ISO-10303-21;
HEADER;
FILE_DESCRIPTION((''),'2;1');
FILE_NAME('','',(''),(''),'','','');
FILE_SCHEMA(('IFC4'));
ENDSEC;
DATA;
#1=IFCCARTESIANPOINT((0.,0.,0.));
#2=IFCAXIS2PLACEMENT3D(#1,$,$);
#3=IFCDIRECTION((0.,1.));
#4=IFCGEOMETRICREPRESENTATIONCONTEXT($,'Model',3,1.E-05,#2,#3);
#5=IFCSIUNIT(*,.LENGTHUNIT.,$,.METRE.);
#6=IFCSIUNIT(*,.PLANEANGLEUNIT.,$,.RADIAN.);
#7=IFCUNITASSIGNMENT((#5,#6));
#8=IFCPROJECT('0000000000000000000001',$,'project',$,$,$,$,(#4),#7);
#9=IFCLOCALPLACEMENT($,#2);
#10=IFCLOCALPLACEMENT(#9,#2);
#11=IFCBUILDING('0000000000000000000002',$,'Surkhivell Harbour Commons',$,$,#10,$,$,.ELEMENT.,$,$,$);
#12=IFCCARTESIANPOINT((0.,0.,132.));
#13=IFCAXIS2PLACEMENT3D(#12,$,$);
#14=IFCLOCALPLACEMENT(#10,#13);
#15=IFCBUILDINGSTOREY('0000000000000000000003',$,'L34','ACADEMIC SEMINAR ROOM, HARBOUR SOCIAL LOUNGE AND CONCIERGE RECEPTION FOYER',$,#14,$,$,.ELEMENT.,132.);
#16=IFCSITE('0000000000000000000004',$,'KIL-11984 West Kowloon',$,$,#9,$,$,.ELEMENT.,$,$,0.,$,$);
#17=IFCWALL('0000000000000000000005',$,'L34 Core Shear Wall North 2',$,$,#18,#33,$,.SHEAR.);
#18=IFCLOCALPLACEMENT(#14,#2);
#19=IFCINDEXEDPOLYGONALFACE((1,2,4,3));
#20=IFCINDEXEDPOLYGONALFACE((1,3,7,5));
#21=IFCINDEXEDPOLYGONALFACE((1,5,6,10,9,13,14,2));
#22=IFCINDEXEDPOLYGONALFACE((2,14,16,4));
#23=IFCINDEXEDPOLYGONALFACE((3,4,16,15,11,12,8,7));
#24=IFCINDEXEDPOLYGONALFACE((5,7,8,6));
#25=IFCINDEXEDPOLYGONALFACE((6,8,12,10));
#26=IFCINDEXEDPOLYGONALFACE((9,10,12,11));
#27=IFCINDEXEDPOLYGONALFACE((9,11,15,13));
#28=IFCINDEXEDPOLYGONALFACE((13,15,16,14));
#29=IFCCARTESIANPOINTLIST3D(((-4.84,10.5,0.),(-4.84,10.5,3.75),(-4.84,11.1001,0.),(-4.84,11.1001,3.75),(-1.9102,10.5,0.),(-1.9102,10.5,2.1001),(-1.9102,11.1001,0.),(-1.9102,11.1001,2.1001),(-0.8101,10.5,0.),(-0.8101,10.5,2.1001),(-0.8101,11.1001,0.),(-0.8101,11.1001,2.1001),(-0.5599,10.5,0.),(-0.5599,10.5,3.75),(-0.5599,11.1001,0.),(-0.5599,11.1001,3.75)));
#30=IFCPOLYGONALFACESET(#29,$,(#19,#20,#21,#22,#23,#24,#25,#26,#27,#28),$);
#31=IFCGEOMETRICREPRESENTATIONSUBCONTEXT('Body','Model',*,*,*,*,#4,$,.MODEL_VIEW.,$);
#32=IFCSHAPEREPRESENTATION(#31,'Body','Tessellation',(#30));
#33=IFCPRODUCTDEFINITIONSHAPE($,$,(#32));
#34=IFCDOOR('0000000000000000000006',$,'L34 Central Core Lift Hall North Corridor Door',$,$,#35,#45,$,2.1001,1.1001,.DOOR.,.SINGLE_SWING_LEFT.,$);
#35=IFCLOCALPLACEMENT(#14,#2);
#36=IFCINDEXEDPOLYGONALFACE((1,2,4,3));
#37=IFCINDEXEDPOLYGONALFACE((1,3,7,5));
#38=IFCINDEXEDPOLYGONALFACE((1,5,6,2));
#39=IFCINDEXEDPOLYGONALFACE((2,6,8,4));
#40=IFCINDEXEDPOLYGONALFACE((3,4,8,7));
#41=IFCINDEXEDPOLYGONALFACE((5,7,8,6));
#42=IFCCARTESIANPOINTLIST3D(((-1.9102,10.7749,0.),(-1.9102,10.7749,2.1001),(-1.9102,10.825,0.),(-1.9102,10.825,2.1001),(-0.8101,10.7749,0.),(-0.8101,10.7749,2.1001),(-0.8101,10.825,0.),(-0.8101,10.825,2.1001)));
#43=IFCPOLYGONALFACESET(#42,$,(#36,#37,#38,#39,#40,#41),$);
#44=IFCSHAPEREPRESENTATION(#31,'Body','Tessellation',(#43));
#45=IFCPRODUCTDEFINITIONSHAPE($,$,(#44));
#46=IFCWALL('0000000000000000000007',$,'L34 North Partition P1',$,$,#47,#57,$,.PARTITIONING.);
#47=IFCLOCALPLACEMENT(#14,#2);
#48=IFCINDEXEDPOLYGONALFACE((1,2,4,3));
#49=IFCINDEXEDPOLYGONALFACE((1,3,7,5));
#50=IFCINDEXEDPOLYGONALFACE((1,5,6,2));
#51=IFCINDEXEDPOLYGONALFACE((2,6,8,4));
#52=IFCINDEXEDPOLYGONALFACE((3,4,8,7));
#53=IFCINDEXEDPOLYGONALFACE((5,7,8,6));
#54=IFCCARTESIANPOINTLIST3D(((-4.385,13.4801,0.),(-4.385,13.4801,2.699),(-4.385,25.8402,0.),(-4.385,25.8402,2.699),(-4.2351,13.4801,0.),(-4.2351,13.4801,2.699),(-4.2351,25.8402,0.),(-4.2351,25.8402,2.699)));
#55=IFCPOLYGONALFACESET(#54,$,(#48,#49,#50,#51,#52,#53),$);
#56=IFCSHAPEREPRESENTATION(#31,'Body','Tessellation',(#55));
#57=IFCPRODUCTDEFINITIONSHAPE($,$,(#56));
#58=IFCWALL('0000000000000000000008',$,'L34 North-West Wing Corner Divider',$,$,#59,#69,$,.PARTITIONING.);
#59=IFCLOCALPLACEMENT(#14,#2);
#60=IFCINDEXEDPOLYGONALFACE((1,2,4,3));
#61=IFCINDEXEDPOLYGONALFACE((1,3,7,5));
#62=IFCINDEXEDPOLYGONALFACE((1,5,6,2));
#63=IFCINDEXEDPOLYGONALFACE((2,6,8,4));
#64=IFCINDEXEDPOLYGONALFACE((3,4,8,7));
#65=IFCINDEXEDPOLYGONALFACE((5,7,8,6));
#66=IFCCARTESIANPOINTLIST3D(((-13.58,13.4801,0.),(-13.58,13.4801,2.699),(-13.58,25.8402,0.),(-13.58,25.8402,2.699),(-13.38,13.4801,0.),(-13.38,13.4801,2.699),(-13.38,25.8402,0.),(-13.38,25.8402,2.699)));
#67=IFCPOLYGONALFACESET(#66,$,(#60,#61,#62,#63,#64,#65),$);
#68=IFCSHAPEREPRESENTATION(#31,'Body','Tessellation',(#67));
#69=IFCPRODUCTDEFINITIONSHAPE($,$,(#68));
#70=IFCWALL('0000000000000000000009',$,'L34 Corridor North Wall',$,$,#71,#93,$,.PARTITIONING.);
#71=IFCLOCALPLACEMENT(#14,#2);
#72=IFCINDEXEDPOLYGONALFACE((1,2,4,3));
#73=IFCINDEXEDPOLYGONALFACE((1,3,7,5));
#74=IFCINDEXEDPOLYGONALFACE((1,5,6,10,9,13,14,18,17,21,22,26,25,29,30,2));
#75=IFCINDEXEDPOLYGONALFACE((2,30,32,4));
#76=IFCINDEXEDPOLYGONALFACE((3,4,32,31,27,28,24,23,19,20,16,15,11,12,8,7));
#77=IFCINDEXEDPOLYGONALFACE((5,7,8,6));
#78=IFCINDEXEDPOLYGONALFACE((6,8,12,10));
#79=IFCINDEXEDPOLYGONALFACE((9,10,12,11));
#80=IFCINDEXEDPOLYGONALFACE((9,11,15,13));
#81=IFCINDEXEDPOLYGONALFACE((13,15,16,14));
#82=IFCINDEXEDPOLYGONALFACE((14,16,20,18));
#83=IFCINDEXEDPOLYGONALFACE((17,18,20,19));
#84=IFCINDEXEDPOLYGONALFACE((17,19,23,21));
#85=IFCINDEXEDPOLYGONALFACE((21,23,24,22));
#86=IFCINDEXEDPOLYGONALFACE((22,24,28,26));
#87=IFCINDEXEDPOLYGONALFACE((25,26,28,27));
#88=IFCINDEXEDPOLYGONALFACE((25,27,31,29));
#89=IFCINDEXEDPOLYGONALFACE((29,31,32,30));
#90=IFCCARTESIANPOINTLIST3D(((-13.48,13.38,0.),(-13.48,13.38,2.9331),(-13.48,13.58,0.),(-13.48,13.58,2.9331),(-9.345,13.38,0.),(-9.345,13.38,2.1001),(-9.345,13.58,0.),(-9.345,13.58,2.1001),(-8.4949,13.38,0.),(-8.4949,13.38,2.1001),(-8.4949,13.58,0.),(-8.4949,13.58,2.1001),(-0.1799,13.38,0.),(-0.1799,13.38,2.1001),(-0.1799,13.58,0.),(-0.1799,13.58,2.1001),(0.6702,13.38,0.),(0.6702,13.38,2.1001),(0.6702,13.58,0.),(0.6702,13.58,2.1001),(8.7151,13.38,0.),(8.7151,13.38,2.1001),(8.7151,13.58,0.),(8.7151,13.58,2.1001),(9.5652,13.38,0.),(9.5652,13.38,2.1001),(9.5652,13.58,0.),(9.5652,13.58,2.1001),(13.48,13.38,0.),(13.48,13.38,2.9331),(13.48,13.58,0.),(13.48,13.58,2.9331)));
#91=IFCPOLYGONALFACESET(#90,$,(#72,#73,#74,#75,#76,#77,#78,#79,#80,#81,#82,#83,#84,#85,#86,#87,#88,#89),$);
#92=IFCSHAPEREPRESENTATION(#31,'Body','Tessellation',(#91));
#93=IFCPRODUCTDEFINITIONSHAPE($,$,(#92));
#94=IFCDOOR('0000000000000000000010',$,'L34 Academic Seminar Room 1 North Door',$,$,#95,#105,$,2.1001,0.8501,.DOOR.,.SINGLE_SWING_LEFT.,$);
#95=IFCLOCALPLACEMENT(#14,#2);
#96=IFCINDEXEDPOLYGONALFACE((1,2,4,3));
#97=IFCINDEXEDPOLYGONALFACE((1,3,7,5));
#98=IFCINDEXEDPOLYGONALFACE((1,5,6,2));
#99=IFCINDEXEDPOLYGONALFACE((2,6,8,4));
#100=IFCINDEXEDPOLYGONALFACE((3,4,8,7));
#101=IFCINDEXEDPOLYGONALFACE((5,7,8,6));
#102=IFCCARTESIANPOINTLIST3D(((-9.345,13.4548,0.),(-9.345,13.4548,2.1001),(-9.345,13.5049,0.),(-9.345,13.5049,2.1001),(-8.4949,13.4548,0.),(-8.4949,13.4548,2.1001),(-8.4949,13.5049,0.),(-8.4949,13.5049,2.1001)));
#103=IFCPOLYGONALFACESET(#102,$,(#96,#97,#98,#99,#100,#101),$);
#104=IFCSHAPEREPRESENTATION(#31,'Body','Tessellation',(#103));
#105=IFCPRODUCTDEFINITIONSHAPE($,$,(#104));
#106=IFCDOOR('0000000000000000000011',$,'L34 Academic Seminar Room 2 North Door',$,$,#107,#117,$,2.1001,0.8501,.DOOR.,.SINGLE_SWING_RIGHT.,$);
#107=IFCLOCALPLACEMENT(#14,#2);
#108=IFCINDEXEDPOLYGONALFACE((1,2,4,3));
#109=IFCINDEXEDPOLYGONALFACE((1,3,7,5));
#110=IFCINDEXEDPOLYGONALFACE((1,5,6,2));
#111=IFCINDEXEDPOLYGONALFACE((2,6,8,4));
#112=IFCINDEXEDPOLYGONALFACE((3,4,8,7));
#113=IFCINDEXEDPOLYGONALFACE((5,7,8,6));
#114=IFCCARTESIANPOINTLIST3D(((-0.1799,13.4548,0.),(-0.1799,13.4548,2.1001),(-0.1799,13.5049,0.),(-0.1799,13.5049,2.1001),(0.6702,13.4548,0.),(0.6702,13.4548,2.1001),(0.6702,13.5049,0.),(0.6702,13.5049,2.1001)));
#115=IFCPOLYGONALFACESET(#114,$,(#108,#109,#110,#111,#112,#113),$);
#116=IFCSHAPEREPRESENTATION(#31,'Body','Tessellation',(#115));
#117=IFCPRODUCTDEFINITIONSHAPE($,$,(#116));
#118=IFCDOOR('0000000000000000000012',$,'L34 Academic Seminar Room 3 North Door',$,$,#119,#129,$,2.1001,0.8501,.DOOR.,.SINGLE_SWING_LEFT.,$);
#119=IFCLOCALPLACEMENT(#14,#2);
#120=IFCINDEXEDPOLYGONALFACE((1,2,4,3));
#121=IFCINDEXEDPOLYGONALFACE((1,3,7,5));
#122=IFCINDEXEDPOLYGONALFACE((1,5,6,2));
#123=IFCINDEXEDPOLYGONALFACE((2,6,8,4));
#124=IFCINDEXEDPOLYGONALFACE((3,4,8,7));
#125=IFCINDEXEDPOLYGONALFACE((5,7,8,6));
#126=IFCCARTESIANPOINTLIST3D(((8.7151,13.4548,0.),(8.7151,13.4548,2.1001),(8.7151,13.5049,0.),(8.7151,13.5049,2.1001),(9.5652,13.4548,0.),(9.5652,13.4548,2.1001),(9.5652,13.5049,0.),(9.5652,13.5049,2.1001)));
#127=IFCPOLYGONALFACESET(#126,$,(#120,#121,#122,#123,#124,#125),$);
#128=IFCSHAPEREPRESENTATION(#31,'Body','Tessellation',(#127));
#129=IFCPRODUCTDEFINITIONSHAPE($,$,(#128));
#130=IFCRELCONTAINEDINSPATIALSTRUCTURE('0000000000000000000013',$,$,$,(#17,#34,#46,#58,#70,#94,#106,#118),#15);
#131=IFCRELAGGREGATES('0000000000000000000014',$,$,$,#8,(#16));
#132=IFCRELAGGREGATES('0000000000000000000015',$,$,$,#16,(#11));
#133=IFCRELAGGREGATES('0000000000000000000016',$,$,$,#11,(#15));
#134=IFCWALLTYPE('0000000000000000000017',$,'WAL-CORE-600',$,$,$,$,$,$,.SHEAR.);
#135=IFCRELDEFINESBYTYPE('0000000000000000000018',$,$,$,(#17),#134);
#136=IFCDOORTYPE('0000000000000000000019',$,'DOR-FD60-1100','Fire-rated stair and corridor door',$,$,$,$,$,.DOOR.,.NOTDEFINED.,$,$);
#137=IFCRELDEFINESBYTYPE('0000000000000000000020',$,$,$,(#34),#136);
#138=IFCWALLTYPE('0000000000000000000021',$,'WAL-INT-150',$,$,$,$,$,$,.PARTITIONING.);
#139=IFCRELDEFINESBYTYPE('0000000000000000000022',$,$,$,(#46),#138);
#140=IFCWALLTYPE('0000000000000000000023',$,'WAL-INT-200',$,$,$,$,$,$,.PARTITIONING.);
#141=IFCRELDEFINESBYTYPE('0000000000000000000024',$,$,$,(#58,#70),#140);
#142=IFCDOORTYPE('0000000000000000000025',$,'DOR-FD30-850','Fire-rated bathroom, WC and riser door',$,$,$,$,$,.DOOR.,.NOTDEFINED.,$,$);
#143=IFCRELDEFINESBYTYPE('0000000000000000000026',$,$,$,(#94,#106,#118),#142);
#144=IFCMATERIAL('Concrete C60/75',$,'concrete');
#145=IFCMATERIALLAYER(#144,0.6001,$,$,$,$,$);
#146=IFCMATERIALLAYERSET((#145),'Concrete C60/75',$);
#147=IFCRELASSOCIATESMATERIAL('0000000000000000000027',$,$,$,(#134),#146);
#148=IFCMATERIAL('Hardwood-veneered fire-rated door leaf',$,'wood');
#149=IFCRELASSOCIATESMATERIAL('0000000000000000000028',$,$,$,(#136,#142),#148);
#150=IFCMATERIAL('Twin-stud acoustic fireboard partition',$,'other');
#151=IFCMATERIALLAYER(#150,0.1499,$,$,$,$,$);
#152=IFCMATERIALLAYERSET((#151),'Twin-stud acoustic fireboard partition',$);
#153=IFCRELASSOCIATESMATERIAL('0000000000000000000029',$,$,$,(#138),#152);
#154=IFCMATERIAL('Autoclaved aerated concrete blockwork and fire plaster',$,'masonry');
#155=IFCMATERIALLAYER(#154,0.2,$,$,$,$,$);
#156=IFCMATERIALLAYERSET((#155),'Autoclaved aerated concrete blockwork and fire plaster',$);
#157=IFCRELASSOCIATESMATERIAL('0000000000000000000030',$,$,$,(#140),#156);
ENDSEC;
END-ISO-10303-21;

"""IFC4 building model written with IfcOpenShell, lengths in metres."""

from ifc_helpers import new_model, si_unit, direction, frame, frame_2d, origin, place, context, subcontext, project, spatial, rectangle, extrude, material, layer, layer_set, type_object, element, fill, save


model = new_model("IFC4")

# Units and contexts
model_context = context("Model", 3, precision=1e-05, world=origin(), true_north=direction((0.0, 1.0)))
body_context = subcontext(model_context, "Body", "Model", "MODEL_VIEW")
ifc_project = project(units=[si_unit("LENGTHUNIT", "METRE"), si_unit("PLANEANGLEUNIT", "RADIAN")], contexts=[model_context])

# Site, building, storey
site_placement = place(None, origin())
site = spatial("IfcSite", under=ifc_project, at=site_placement, Name="KIL-11984 West Kowloon", CompositionType="ELEMENT", RefElevation=0.0)
building_placement = place(site_placement, origin())
building = spatial("IfcBuilding", under=site, at=building_placement, Name="Surkhivell Harbour Commons", CompositionType="ELEMENT")
storey_placement = place(building_placement, frame((0.0, 0.0, 132.0)))
storey = spatial("IfcBuildingStorey", under=building, at=storey_placement, Name="L34", Description="ACADEMIC SEMINAR ROOM, HARBOUR SOCIAL LOUNGE AND CONCIERGE RECEPTION FOYER", CompositionType="ELEMENT", Elevation=132.0)

# Shared definitions
ifc_material_1 = material(Name="Concrete C60/75", Category="concrete")

# Shared definitions
ifc_layer_1 = layer(ifc_material_1, 0.6001)
ifc_layer_set_1 = layer_set([ifc_layer_1], Name="Concrete C60/75")
wall_type_1 = type_object("IfcWallType", Name="WAL-CORE-600", PredefinedType="SHEAR", material=ifc_layer_set_1)

# Wall, opening, door
wall_1_placement = place(storey_placement, frame((-4.8401, 10.8, 0.0), z_axis=(0.0, 0.0, 1.0), x_axis=(1.0, 0.0, 0.0)))
wall_1 = element("IfcWall", 1, at=wall_1_placement, inside=storey, type_object=wall_type_1, Name="L34 Core Shear Wall North 2", PredefinedType="SHEAR", context=body_context, shape_type="SweptSolid", body=[
    extrude(rectangle(XDim=4.28, YDim=0.6001, at=frame_2d((2.1401, 0.0))), origin(), (0.0, 0.0, 1.0), 3.75),
])
opening_1_placement = place(wall_1_placement, frame((2.9299, 0.0, 0.0)))
opening_1 = element("IfcOpeningElement", 2, at=opening_1_placement, cuts=wall_1, PredefinedType="OPENING", context=body_context, shape_type="SweptSolid", body=[
    extrude(rectangle(XDim=1.1001, YDim=2.1001, at=frame_2d((0.55, 1.05))), frame((0.0, 0.3101, 0.0), z_axis=(0.0, -1.0, 0.0), x_axis=(1.0, 0.0, 0.0)), (0.0, 0.0, 1.0), 0.6201),
])
ifc_material_2 = material(Name="Hardwood-veneered fire-rated door leaf", Category="wood")
door_type_1 = type_object("IfcDoorType", Name="DOR-FD60-1100", Description="Fire-rated stair and corridor door", OperationType="NOTDEFINED", PredefinedType="DOOR", material=ifc_material_2)
door_1_placement = place(opening_1_placement, origin())
door_1 = element("IfcDoor", 3, at=door_1_placement, inside=storey, type_object=door_type_1, Name="L34 Central Core Lift Hall North Corridor Door", OperationType="SINGLE_SWING_LEFT", OverallHeight=2.1001, OverallWidth=1.1001, PredefinedType="DOOR", context=body_context, shape_type="SweptSolid", body=[
    extrude(rectangle(XDim=1.1001, YDim=2.1001, at=frame_2d((0.55, 1.05))), frame((0.0, 0.0249, 0.0), z_axis=(0.0, -1.0, 0.0), x_axis=(1.0, 0.0, 0.0)), (0.0, 0.0, 1.0), 0.05),
])
fill(opening_1, door_1)

# Walls
ifc_material_3 = material(Name="Twin-stud acoustic fireboard partition", Category="other")
ifc_layer_2 = layer(ifc_material_3, 0.1499)
ifc_layer_set_2 = layer_set([ifc_layer_2], Name="Twin-stud acoustic fireboard partition")
wall_type_2 = type_object("IfcWallType", Name="WAL-INT-150", PredefinedType="PARTITIONING", material=ifc_layer_set_2)
wall_2_placement = place(storey_placement, frame((-4.3101, 13.48, 0.0), z_axis=(0.0, 0.0, 1.0), x_axis=(0.0, 1.0, 0.0)))
element("IfcWall", 4, at=wall_2_placement, inside=storey, type_object=wall_type_2, Name="L34 North Partition P1", PredefinedType="PARTITIONING", context=body_context, shape_type="SweptSolid", body=[
    extrude(rectangle(XDim=12.3601, YDim=0.1499, at=frame_2d((6.1802, 0.0))), origin(), (0.0, 0.0, 1.0), 2.699),
])
ifc_material_4 = material(Name="Autoclaved aerated concrete blockwork and fire plaster", Category="masonry")
ifc_layer_3 = layer(ifc_material_4, 0.2)
ifc_layer_set_3 = layer_set([ifc_layer_3], Name="Autoclaved aerated concrete blockwork and fire plaster")
wall_type_3 = type_object("IfcWallType", Name="WAL-INT-200", PredefinedType="PARTITIONING", material=ifc_layer_set_3)
wall_3_placement = place(storey_placement, frame((-13.48, 13.48, 0.0), z_axis=(0.0, 0.0, 1.0), x_axis=(0.0, 1.0, 0.0)))
element("IfcWall", 5, at=wall_3_placement, inside=storey, type_object=wall_type_3, Name="L34 North-West Wing Corner Divider", PredefinedType="PARTITIONING", context=body_context, shape_type="SweptSolid", body=[
    extrude(rectangle(XDim=12.3601, YDim=0.2, at=frame_2d((6.1802, 0.0))), origin(), (0.0, 0.0, 1.0), 2.699),
])

# Wall, openings, doors
wall_4_placement = place(storey_placement, frame((-13.48, 13.48, 0.0), z_axis=(0.0, 0.0, 1.0), x_axis=(1.0, 0.0, 0.0)))
wall_4 = element("IfcWall", 6, at=wall_4_placement, inside=storey, type_object=wall_type_3, Name="L34 Corridor North Wall", PredefinedType="PARTITIONING", context=body_context, shape_type="SweptSolid", body=[
    extrude(rectangle(XDim=26.96, YDim=0.2, at=frame_2d((13.48, 0.0))), origin(), (0.0, 0.0, 1.0), 2.9331),
])
opening_2_placement = place(wall_4_placement, frame((4.135, 0.0, 0.0)))
opening_2 = element("IfcOpeningElement", 7, at=opening_2_placement, cuts=wall_4, PredefinedType="OPENING", context=body_context, shape_type="SweptSolid", body=[
    extrude(rectangle(XDim=0.8501, YDim=2.1001, at=frame_2d((0.425, 1.05))), frame((0.0, 0.1099, 0.0), z_axis=(0.0, -1.0, 0.0), x_axis=(1.0, 0.0, 0.0)), (0.0, 0.0, 1.0), 0.22),
])
opening_3_placement = place(wall_4_placement, frame((13.3, 0.0, 0.0)))
opening_3 = element("IfcOpeningElement", 8, at=opening_3_placement, cuts=wall_4, PredefinedType="OPENING", context=body_context, shape_type="SweptSolid", body=[
    extrude(rectangle(XDim=0.8501, YDim=2.1001, at=frame_2d((0.425, 1.05))), frame((0.0, 0.1099, 0.0), z_axis=(0.0, -1.0, 0.0), x_axis=(1.0, 0.0, 0.0)), (0.0, 0.0, 1.0), 0.22),
])
opening_4_placement = place(wall_4_placement, frame((22.1951, 0.0, 0.0)))
opening_4 = element("IfcOpeningElement", 9, at=opening_4_placement, cuts=wall_4, PredefinedType="OPENING", context=body_context, shape_type="SweptSolid", body=[
    extrude(rectangle(XDim=0.8501, YDim=2.1001, at=frame_2d((0.425, 1.05))), frame((0.0, 0.1099, 0.0), z_axis=(0.0, -1.0, 0.0), x_axis=(1.0, 0.0, 0.0)), (0.0, 0.0, 1.0), 0.22),
])
door_type_2 = type_object("IfcDoorType", Name="DOR-FD30-850", Description="Fire-rated bathroom, WC and riser door", OperationType="NOTDEFINED", PredefinedType="DOOR", material=ifc_material_2)
door_2_placement = place(opening_2_placement, origin())
door_2 = element("IfcDoor", 10, at=door_2_placement, inside=storey, type_object=door_type_2, Name="L34 Academic Seminar Room 1 North Door", OperationType="SINGLE_SWING_LEFT", OverallHeight=2.1001, OverallWidth=0.8501, PredefinedType="DOOR", context=body_context, shape_type="SweptSolid", body=[
    extrude(rectangle(XDim=0.8501, YDim=2.1001, at=frame_2d((0.425, 1.05))), frame((0.0, 0.0249, 0.0), z_axis=(0.0, -1.0, 0.0), x_axis=(1.0, 0.0, 0.0)), (0.0, 0.0, 1.0), 0.05),
])
fill(opening_2, door_2)
door_3_placement = place(opening_3_placement, origin())
door_3 = element("IfcDoor", 11, at=door_3_placement, inside=storey, type_object=door_type_2, Name="L34 Academic Seminar Room 2 North Door", OperationType="SINGLE_SWING_RIGHT", OverallHeight=2.1001, OverallWidth=0.8501, PredefinedType="DOOR", context=body_context, shape_type="SweptSolid", body=[
    extrude(rectangle(XDim=0.8501, YDim=2.1001, at=frame_2d((0.425, 1.05))), frame((0.0, 0.0249, 0.0), z_axis=(0.0, -1.0, 0.0), x_axis=(1.0, 0.0, 0.0)), (0.0, 0.0, 1.0), 0.05),
])
fill(opening_3, door_3)
door_4_placement = place(opening_4_placement, origin())
door_4 = element("IfcDoor", 12, at=door_4_placement, inside=storey, type_object=door_type_2, Name="L34 Academic Seminar Room 3 North Door", OperationType="SINGLE_SWING_LEFT", OverallHeight=2.1001, OverallWidth=0.8501, PredefinedType="DOOR", context=body_context, shape_type="SweptSolid", body=[
    extrude(rectangle(XDim=0.8501, YDim=2.1001, at=frame_2d((0.425, 1.05))), frame((0.0, 0.0249, 0.0), z_axis=(0.0, -1.0, 0.0), x_axis=(1.0, 0.0, 0.0)), (0.0, 0.0, 1.0), 0.05),
])
fill(opening_4, door_4)

save(model, "model.ifc")
